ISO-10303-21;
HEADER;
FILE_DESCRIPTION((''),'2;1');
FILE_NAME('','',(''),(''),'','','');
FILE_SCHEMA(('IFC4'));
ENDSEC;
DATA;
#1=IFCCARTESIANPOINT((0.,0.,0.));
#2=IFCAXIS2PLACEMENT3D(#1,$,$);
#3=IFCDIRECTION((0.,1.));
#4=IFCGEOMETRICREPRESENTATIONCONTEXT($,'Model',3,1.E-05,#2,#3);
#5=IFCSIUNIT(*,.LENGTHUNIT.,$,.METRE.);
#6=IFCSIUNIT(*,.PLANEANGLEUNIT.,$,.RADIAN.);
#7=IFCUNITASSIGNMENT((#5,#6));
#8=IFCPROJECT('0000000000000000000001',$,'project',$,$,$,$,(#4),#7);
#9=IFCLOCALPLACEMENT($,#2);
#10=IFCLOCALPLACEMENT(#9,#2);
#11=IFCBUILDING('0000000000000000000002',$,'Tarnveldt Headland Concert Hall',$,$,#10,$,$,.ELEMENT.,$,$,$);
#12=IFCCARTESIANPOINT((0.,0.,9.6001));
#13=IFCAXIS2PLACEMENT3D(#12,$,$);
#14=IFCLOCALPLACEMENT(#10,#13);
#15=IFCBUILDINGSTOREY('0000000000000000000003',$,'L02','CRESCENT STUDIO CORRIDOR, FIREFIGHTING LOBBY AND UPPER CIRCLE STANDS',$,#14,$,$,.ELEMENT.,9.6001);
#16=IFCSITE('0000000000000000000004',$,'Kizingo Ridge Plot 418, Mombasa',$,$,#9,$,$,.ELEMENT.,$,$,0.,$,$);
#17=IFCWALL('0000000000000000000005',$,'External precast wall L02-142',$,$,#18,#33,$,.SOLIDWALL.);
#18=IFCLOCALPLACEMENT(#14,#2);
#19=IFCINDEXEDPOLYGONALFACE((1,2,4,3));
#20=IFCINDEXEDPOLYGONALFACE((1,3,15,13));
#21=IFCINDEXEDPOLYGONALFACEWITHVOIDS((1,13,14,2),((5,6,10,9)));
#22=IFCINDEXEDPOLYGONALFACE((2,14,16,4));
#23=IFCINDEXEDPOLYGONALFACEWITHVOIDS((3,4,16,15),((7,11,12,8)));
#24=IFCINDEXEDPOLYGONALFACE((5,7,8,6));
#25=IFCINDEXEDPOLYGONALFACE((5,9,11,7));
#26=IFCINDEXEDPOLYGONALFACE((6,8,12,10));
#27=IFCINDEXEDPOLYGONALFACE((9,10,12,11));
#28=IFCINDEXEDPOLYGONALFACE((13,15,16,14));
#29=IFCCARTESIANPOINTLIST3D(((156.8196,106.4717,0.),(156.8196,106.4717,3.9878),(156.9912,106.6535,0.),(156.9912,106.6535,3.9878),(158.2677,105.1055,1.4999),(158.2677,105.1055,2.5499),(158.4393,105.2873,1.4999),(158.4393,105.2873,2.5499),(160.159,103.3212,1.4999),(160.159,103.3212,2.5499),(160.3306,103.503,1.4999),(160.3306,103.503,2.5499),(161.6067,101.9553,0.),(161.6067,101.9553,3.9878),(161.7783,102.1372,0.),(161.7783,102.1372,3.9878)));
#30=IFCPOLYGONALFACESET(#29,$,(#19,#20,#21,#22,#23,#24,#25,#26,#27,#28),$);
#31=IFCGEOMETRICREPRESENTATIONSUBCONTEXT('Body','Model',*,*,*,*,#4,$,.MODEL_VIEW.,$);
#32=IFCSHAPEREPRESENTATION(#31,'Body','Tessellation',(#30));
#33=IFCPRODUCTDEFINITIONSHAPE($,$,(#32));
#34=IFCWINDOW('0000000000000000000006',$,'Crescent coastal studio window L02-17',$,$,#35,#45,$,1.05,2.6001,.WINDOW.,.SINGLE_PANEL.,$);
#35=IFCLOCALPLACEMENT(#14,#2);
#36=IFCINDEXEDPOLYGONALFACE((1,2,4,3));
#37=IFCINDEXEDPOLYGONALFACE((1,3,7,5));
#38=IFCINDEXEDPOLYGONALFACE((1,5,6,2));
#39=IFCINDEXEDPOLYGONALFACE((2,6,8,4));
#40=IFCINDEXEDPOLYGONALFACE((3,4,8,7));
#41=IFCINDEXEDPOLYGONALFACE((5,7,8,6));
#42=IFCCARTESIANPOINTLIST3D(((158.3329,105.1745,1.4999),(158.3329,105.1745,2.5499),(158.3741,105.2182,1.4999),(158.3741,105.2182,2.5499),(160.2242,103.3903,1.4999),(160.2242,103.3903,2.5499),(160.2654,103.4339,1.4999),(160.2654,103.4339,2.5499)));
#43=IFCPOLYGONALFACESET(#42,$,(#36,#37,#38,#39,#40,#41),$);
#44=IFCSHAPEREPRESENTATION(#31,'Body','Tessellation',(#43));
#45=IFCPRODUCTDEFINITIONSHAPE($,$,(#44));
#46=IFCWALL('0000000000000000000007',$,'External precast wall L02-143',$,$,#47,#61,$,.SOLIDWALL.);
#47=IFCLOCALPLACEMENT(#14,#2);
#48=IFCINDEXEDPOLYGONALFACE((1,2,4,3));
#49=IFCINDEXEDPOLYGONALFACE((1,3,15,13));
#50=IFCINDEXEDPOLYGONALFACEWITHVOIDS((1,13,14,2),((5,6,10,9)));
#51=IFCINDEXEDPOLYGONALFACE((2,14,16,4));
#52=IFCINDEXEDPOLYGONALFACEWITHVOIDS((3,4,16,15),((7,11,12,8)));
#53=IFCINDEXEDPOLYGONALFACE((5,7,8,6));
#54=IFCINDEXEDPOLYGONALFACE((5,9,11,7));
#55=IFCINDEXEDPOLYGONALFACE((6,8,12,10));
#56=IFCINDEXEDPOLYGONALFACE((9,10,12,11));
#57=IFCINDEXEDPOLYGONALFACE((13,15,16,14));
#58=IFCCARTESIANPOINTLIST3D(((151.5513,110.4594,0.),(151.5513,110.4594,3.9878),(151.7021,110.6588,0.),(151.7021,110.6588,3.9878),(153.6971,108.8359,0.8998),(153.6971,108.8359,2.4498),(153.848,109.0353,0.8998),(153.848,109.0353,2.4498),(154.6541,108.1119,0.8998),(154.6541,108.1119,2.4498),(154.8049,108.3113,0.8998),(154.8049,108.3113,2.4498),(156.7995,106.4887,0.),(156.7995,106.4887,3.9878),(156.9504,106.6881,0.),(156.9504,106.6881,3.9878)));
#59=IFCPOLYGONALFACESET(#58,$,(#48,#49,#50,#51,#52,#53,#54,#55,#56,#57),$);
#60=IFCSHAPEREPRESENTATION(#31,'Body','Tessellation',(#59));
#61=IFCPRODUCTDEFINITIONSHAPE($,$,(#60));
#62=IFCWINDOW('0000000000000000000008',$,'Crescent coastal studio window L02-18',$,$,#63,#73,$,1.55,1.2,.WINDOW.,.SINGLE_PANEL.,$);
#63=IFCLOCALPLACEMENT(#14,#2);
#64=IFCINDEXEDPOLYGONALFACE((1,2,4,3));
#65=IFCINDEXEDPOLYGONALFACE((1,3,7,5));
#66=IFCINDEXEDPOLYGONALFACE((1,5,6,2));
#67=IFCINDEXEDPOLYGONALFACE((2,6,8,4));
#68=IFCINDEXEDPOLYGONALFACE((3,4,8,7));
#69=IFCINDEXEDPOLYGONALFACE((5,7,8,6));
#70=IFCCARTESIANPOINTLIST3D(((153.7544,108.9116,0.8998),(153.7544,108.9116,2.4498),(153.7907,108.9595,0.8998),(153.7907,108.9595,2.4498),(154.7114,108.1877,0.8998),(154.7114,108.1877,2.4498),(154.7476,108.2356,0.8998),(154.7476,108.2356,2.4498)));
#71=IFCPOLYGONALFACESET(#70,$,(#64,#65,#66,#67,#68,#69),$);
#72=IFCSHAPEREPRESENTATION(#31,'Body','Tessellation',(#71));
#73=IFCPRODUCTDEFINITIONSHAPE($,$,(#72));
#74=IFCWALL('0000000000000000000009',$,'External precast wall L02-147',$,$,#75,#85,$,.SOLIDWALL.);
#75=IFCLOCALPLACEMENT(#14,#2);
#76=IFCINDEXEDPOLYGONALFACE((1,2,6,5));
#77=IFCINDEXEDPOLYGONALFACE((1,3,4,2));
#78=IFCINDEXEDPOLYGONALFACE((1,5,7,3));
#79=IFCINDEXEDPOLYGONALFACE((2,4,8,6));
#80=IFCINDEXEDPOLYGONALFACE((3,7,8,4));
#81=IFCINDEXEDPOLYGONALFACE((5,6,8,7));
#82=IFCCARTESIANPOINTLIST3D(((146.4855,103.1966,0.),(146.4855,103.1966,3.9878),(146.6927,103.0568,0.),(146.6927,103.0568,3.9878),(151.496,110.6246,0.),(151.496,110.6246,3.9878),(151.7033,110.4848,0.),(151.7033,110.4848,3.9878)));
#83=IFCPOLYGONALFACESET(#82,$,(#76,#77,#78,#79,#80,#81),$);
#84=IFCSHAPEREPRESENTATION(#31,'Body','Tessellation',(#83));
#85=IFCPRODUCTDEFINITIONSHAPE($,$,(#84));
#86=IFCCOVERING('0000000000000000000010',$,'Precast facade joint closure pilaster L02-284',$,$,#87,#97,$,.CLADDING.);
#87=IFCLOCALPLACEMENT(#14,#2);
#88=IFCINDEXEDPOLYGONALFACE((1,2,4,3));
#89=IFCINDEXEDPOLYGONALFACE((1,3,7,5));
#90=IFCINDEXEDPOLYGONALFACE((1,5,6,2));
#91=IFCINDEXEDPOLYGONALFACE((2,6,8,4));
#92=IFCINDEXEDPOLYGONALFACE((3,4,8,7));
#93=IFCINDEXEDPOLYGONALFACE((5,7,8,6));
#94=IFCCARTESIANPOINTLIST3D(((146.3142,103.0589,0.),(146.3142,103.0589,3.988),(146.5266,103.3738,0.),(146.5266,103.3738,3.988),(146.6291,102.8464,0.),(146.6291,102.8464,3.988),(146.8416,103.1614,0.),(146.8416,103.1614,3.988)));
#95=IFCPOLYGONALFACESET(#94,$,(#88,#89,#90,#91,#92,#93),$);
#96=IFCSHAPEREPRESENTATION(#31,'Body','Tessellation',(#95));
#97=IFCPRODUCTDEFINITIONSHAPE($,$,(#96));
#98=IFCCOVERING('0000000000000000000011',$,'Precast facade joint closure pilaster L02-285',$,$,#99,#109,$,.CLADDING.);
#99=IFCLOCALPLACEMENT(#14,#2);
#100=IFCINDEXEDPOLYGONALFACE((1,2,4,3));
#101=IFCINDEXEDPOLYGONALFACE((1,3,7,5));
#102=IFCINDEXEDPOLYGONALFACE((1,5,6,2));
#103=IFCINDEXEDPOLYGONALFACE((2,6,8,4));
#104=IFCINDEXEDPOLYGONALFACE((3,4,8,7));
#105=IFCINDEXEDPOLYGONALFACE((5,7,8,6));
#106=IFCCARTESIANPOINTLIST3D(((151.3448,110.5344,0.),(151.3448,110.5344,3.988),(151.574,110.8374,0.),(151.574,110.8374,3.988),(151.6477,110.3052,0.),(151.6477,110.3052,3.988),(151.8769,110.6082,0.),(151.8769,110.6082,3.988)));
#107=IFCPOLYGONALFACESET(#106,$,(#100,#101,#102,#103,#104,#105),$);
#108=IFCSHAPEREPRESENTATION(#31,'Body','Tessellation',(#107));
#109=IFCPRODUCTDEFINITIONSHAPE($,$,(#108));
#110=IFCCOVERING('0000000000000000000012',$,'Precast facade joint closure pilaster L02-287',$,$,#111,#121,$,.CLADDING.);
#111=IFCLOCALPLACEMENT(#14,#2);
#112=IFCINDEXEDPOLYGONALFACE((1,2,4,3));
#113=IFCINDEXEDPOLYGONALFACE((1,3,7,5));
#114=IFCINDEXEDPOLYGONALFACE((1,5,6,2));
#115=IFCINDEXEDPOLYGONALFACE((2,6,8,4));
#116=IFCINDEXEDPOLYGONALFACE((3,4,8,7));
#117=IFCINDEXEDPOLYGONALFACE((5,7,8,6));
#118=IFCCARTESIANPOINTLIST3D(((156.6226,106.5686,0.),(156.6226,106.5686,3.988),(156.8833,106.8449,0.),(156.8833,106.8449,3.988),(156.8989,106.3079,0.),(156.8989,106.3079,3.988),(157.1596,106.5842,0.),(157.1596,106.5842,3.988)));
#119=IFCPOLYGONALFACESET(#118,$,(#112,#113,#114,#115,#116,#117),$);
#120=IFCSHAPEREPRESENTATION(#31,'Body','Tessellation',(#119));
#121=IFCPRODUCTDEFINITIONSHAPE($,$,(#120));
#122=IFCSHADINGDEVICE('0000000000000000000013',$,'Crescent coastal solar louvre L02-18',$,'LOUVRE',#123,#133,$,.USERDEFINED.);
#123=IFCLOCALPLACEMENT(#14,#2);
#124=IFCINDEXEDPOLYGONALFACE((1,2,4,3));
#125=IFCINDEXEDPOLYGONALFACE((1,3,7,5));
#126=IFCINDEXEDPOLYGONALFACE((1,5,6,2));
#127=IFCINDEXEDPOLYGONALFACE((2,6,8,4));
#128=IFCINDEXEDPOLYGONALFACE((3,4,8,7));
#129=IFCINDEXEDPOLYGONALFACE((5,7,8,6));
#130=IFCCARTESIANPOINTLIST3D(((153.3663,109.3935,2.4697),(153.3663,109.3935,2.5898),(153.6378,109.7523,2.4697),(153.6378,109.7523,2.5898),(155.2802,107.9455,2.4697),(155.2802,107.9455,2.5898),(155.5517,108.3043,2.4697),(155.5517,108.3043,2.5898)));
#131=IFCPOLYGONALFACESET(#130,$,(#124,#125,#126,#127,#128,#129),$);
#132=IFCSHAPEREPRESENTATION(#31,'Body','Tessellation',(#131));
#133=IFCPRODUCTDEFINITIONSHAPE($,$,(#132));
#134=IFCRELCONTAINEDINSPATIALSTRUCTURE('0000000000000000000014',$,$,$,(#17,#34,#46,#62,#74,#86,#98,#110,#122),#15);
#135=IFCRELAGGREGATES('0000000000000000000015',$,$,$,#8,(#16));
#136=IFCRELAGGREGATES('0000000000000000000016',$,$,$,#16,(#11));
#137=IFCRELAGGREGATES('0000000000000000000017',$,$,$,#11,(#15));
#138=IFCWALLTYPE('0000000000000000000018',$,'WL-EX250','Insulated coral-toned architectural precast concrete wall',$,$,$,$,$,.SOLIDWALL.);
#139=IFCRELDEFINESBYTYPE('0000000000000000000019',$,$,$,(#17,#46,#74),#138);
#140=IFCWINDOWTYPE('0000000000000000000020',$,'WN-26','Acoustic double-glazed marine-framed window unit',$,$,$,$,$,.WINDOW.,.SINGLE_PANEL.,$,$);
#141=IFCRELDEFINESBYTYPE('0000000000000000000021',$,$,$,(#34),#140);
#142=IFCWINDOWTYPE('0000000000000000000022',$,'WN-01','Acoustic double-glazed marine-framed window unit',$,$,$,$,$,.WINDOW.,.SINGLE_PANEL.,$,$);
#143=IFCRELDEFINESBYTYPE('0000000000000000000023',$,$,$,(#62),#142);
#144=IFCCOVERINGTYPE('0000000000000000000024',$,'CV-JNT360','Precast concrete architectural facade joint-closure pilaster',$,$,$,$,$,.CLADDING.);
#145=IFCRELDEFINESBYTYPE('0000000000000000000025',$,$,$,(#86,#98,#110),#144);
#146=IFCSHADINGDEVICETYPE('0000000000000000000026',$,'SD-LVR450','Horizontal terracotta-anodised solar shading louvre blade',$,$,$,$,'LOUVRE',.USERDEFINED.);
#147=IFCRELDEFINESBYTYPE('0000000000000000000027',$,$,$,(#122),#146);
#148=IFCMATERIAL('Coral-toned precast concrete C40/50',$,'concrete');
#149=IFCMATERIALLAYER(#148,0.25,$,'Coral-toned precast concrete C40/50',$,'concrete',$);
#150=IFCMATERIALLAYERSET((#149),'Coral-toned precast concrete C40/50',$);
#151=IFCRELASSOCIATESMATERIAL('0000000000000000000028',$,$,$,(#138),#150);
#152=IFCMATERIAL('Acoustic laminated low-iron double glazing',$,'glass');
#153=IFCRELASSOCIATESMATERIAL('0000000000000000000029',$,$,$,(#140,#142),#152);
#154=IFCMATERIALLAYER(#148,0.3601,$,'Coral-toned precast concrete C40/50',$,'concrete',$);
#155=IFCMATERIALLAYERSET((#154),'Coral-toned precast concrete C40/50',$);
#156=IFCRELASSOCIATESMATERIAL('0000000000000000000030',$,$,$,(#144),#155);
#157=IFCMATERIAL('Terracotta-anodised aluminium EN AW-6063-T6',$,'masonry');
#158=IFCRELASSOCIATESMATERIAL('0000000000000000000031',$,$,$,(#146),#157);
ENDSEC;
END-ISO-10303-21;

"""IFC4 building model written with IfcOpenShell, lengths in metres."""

from ifc_helpers import new_model, si_unit, direction, frame, frame_2d, origin, origin_2d, place, context, subcontext, project, spatial, rectangle, extrude, material, layer, layer_set, type_object, element, fill, save


model = new_model("IFC4")

# Units and contexts
model_context = context("Model", 3, precision=1e-05, world=origin(), true_north=direction((0.0, 1.0)))
body_context = subcontext(model_context, "Body", "Model", "MODEL_VIEW")
ifc_project = project(units=[si_unit("LENGTHUNIT", "METRE"), si_unit("PLANEANGLEUNIT", "RADIAN")], contexts=[model_context])

# Site, building, storey
site_placement = place(None, origin())
site = spatial("IfcSite", under=ifc_project, at=site_placement, Name="Kizingo Ridge Plot 418, Mombasa", CompositionType="ELEMENT", RefElevation=0.0)
building_placement = place(site_placement, origin())
building = spatial("IfcBuilding", under=site, at=building_placement, Name="Tarnveldt Headland Concert Hall", CompositionType="ELEMENT")
storey_placement = place(building_placement, frame((0.0, 0.0, 9.6001)))
storey = spatial("IfcBuildingStorey", under=building, at=storey_placement, Name="L02", Description="CRESCENT STUDIO CORRIDOR, FIREFIGHTING LOBBY AND UPPER CIRCLE STANDS", CompositionType="ELEMENT", Elevation=9.6001)

# Walls, openings, windows
ifc_material_1 = material(Name="Coral-toned precast concrete C40/50", Category="concrete")
ifc_layer_1 = layer(ifc_material_1, 0.25, Name="Coral-toned precast concrete C40/50", Category="concrete")
ifc_layer_set_1 = layer_set([ifc_layer_1], Name="Coral-toned precast concrete C40/50")
wall_type = type_object("IfcWallType", Name="WL-EX250", Description="Insulated coral-toned architectural precast concrete wall", PredefinedType="SOLIDWALL", material=ifc_layer_set_1)
wall_1_placement = place(storey_placement, frame((156.9055, 106.5625, 0.0), z_axis=(0.0, 0.0, 1.0), x_axis=(0.727377, -0.686238, 0.0)))
wall_1 = element("IfcWall", 1, at=wall_1_placement, inside=storey, type_object=wall_type, Name="External precast wall L02-142", PredefinedType="SOLIDWALL", context=body_context, shape_type="SweptSolid", body=[
    extrude(rectangle(XDim=6.5813, YDim=0.25, at=frame_2d((3.2905, 0.0))), origin(), (0.0, 0.0, 1.0), 3.9878),
])
opening_1_placement = place(wall_1_placement, frame((1.9907, 0.0, 1.5)))
opening_1 = element("IfcOpeningElement", 2, at=opening_1_placement, cuts=wall_1, PredefinedType="OPENING", context=body_context, shape_type="SweptSolid", body=[
    extrude(rectangle(XDim=2.6001, YDim=1.05, at=frame_2d((1.3, 0.5249))), frame((0.0, 0.135, 0.0), z_axis=(0.0, -1.0, 0.0), x_axis=(1.0, 0.0, 0.0)), (0.0, 0.0, 1.0), 0.27),
])
ifc_material_2 = material(Name="Acoustic laminated low-iron double glazing", Category="glass")
window_type_1 = type_object("IfcWindowType", Name="WN-26", Description="Acoustic double-glazed marine-framed window unit", PartitioningType="SINGLE_PANEL", PredefinedType="WINDOW", material=ifc_material_2)
window_1_placement = place(opening_1_placement, origin())
window_1 = element("IfcWindow", 3, at=window_1_placement, inside=storey, type_object=window_type_1, Name="Crescent coastal studio window L02-17", OverallHeight=1.05, OverallWidth=2.6001, PartitioningType="SINGLE_PANEL", PredefinedType="WINDOW", context=body_context, shape_type="SweptSolid", body=[
    extrude(rectangle(XDim=2.6001, YDim=1.05, at=frame_2d((1.3, 0.5249))), frame((0.0, 0.03, 0.0), z_axis=(0.0, -1.0, 0.0), x_axis=(1.0, 0.0, 0.0)), (0.0, 0.0, 1.0), 0.0601),
])
fill(opening_1, window_1)
wall_2_placement = place(storey_placement, frame((151.6267, 110.5591, 0.0), z_axis=(0.0, 0.0, 1.0), x_axis=(0.797478, -0.603348, 0.0)))
wall_2 = element("IfcWall", 4, at=wall_2_placement, inside=storey, type_object=wall_type, Name="External precast wall L02-143", PredefinedType="SOLIDWALL", context=body_context, shape_type="SweptSolid", body=[
    extrude(rectangle(XDim=6.5811, YDim=0.25, at=frame_2d((3.2905, 0.0))), origin(), (0.0, 0.0, 1.0), 3.9878),
])
opening_2_placement = place(wall_2_placement, frame((2.6907, 0.0, 0.8999)))
opening_2 = element("IfcOpeningElement", 5, at=opening_2_placement, cuts=wall_2, PredefinedType="OPENING", context=body_context, shape_type="SweptSolid", body=[
    extrude(rectangle(XDim=1.2, YDim=1.55, at=frame_2d((0.6001, 0.7749))), frame((0.0, 0.135, 0.0), z_axis=(0.0, -1.0, 0.0), x_axis=(1.0, 0.0, 0.0)), (0.0, 0.0, 1.0), 0.27),
])
window_type_2 = type_object("IfcWindowType", Name="WN-01", Description="Acoustic double-glazed marine-framed window unit", PartitioningType="SINGLE_PANEL", PredefinedType="WINDOW", material=ifc_material_2)
window_2_placement = place(opening_2_placement, origin())
window_2 = element("IfcWindow", 6, at=window_2_placement, inside=storey, type_object=window_type_2, Name="Crescent coastal studio window L02-18", OverallHeight=1.55, OverallWidth=1.2, PartitioningType="SINGLE_PANEL", PredefinedType="WINDOW", context=body_context, shape_type="SweptSolid", body=[
    extrude(rectangle(XDim=1.2, YDim=1.55, at=frame_2d((0.6001, 0.7749))), frame((0.0, 0.03, 0.0), z_axis=(0.0, -1.0, 0.0), x_axis=(1.0, 0.0, 0.0)), (0.0, 0.0, 1.0), 0.0601),
])
fill(opening_2, window_2)

# Wall
wall_3_placement = place(storey_placement, frame((146.5891, 103.1267, 0.0), z_axis=(0.0, 0.0, 1.0), x_axis=(0.559213, 0.829024, 0.0)))
element("IfcWall", 7, at=wall_3_placement, inside=storey, type_object=wall_type, Name="External precast wall L02-147", PredefinedType="SOLIDWALL", context=body_context, shape_type="SweptSolid", body=[
    extrude(rectangle(XDim=8.96, YDim=0.25, at=frame_2d((4.48, 0.0))), origin(), (0.0, 0.0, 1.0), 3.9878),
])

# Coverings
ifc_layer_2 = layer(ifc_material_1, 0.3601, Name="Coral-toned precast concrete C40/50", Category="concrete")
ifc_layer_set_2 = layer_set([ifc_layer_2], Name="Coral-toned precast concrete C40/50")
covering_type = type_object("IfcCoveringType", Name="CV-JNT360", Description="Precast concrete architectural facade joint-closure pilaster", PredefinedType="CLADDING", material=ifc_layer_set_2)
for number, where, z_axis, x_axis, name in (
    (8, (146.5779, 103.1101, 0.0), (0.0, 0.0, 1.0), (0.559193, 0.829038, 0.0), "Precast facade joint closure pilaster L02-284"),
    (9, (151.6108, 110.5713, 0.0), (0.0, 0.0, 1.0), (0.797479, -0.603347, 0.0), "Precast facade joint closure pilaster L02-285"),
    (10, (156.8911, 106.5764, 0.0), (0.0, 0.0, 1.0), (0.727414, -0.686199, 0.0), "Precast facade joint closure pilaster L02-287"),
):
    element("IfcCovering", number, at=place(storey_placement, frame(where, z_axis=z_axis, x_axis=x_axis)), inside=storey, type_object=covering_type, Name=name, PredefinedType="CLADDING", context=body_context, shape_type="SweptSolid", body=[
        extrude(rectangle(XDim=0.3799, YDim=0.3799, at=origin_2d()), origin(), (0.0, 0.0, 1.0), 3.988),
    ])

# Shading device
ifc_material_3 = material(Name="Terracotta-anodised aluminium EN AW-6063-T6", Category="masonry")
shading_device_type = type_object("IfcShadingDeviceType", Name="SD-LVR450", Description="Horizontal terracotta-anodised solar shading louvre blade", ElementType="LOUVRE", PredefinedType="USERDEFINED", material=ifc_material_3)
shading_device_placement = place(storey_placement, frame((154.459, 108.8489, 2.4697), z_axis=(0.0, 0.0, 1.0), x_axis=(0.603347, 0.797479, 0.0)))
element("IfcShadingDevice", 11, at=shading_device_placement, inside=storey, type_object=shading_device_type, Name="Crescent coastal solar louvre L02-18", ObjectType="LOUVRE", PredefinedType="USERDEFINED", context=body_context, shape_type="SweptSolid", body=[
    extrude(rectangle(XDim=0.45, YDim=2.3999, at=origin_2d()), origin(), (0.0, 0.0, 1.0), 0.1201),
])

save(model, "model.ifc")
